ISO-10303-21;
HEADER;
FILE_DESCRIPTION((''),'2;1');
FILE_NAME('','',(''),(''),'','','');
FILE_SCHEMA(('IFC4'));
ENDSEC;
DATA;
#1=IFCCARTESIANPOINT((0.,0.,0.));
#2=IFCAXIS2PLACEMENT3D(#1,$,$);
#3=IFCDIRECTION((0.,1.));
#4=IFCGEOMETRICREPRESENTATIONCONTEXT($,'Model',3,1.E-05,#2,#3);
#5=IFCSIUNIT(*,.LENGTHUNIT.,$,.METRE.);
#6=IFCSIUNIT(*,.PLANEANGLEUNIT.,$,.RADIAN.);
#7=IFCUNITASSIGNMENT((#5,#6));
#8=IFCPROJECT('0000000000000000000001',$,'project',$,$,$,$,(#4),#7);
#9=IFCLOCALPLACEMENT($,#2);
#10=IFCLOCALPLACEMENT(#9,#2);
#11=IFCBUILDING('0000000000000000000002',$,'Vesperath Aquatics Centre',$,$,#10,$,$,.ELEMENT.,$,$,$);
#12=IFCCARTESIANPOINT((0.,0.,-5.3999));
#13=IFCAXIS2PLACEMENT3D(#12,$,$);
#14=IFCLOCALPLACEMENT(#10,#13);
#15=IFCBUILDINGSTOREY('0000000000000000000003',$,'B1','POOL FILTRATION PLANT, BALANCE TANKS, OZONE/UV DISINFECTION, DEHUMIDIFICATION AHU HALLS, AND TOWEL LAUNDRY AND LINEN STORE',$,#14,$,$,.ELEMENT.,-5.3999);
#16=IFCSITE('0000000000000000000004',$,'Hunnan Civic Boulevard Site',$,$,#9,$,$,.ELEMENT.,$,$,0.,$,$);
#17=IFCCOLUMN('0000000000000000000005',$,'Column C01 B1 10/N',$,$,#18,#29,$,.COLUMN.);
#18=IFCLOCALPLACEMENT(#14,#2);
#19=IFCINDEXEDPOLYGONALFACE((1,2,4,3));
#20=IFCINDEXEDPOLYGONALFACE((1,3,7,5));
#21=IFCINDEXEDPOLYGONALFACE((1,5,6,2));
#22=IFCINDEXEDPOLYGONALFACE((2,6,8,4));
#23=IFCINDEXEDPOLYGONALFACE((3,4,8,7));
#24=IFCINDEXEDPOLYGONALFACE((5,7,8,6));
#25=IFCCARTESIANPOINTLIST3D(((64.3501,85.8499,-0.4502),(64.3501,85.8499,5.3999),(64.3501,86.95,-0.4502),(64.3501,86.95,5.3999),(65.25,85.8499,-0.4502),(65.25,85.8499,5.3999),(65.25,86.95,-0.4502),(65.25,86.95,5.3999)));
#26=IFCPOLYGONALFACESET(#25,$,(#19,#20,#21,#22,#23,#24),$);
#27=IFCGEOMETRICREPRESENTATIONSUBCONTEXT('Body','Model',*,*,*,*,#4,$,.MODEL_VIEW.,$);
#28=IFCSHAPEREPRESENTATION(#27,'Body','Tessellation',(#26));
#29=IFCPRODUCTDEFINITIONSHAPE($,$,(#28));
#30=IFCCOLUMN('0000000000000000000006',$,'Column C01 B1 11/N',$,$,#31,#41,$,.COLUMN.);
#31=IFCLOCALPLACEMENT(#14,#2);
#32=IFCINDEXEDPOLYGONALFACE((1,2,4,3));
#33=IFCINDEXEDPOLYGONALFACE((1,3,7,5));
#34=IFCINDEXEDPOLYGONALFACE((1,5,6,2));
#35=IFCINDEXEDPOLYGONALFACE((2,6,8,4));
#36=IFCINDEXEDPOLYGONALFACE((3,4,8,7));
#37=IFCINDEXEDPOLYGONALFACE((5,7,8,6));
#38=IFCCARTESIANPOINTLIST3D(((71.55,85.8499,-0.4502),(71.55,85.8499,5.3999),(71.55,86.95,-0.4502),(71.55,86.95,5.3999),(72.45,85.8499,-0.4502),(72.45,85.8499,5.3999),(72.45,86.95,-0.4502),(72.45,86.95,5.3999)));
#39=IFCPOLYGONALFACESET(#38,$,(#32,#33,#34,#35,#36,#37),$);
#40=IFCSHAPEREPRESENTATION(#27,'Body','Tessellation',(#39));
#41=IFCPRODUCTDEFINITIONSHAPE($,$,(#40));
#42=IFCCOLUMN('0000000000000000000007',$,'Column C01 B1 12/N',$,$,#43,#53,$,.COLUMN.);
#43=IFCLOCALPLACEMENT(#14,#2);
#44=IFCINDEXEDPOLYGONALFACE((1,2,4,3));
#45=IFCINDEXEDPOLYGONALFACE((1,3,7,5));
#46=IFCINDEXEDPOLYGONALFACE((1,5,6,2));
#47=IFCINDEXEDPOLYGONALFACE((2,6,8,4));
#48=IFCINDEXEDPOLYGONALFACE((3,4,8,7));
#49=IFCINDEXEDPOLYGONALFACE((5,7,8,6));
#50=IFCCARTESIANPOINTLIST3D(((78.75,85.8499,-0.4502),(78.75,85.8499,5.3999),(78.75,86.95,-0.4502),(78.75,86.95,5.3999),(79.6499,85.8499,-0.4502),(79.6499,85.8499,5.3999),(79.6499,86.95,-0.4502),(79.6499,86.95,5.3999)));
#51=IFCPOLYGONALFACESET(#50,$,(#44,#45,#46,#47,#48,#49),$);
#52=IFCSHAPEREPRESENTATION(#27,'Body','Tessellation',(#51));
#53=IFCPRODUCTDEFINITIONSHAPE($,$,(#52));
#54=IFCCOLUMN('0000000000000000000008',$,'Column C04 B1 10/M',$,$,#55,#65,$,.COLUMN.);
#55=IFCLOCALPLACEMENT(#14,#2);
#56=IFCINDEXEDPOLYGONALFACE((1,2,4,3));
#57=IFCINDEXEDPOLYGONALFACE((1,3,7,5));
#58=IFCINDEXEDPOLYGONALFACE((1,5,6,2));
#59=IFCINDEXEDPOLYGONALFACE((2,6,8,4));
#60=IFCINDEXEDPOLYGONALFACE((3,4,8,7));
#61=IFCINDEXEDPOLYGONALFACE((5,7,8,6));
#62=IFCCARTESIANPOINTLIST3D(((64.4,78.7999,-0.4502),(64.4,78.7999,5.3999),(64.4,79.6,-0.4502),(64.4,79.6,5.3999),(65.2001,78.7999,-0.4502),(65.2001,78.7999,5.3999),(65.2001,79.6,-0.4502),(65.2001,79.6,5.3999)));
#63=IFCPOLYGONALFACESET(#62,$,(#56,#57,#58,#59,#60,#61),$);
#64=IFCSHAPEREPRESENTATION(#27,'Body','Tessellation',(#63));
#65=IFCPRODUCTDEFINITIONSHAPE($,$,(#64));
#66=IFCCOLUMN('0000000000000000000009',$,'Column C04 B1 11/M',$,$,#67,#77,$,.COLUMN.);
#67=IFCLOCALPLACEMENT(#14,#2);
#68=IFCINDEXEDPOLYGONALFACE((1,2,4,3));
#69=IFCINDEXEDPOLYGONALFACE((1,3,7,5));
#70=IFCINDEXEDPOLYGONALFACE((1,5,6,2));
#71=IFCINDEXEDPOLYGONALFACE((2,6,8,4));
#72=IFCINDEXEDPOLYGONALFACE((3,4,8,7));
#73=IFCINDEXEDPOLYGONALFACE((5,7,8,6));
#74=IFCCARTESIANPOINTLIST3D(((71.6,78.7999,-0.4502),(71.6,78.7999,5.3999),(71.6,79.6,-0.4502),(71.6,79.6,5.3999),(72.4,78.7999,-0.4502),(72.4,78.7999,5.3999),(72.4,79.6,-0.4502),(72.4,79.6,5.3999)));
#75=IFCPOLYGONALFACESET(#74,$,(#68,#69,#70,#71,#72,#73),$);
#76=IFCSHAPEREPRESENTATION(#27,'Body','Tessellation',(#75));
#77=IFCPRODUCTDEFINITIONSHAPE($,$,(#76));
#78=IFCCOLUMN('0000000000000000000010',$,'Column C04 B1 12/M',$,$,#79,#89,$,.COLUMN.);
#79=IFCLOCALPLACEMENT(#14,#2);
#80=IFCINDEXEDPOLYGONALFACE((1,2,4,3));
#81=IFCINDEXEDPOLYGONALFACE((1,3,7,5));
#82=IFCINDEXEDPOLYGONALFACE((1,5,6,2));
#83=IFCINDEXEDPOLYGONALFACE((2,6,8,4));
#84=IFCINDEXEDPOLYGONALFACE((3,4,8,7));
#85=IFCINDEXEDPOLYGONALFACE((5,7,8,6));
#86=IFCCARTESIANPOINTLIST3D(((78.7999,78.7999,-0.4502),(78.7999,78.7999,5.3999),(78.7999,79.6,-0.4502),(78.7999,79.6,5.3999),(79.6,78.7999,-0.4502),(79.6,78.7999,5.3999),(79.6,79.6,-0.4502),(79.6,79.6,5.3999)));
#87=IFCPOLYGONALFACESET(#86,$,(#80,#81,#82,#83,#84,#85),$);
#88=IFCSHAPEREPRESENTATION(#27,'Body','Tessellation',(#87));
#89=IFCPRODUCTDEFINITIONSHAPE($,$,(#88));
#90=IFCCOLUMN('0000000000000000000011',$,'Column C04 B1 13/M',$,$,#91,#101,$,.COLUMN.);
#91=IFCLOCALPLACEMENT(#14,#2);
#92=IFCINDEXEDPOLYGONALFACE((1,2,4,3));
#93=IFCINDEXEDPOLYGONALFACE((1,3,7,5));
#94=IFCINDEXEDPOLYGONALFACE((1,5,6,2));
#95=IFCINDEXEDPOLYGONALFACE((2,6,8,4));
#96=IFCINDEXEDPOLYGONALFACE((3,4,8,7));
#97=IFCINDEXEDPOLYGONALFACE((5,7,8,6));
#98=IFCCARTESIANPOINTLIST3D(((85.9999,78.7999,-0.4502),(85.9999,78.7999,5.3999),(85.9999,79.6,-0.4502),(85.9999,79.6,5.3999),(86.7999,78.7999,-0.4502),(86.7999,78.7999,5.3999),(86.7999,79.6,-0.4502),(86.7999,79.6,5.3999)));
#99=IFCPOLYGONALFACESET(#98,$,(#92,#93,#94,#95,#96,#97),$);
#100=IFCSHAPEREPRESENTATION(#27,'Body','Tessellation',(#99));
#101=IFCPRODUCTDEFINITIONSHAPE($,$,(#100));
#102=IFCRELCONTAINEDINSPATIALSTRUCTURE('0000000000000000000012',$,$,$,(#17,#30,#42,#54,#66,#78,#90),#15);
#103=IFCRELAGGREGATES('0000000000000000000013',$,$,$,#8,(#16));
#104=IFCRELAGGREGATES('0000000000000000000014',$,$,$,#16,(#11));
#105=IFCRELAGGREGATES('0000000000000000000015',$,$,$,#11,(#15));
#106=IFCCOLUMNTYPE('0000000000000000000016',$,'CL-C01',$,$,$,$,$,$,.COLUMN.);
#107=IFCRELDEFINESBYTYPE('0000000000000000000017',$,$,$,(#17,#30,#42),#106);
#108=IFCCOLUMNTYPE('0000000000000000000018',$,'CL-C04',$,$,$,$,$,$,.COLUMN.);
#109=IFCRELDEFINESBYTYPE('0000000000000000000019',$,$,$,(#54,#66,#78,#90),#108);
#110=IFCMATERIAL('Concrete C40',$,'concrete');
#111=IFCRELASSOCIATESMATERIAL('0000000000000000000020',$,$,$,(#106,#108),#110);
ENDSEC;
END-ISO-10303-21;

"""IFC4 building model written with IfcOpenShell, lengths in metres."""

from ifc_helpers import new_model, si_unit, direction, frame, origin, origin_2d, place, context, subcontext, project, spatial, rectangle, extrude, material, material_profile, profile_set, type_object, element, save


model = new_model("IFC4")

# Units and contexts
model_context = context("Model", 3, precision=1e-05, world=origin(), true_north=direction((0.0, 1.0)))
body_context = subcontext(model_context, "Body", "Model", "MODEL_VIEW")
ifc_project = project(units=[si_unit("LENGTHUNIT", "METRE"), si_unit("PLANEANGLEUNIT", "RADIAN")], contexts=[model_context])

# Site, building, storey
site_placement = place(None, origin())
site = spatial("IfcSite", under=ifc_project, at=site_placement, Name="Hunnan Civic Boulevard Site", CompositionType="ELEMENT", RefElevation=0.0)
building_placement = place(site_placement, origin())
building = spatial("IfcBuilding", under=site, at=building_placement, Name="Vesperath Aquatics Centre", CompositionType="ELEMENT")
storey_placement = place(building_placement, frame((0.0, 0.0, -5.3999)))
storey = spatial("IfcBuildingStorey", under=building, at=storey_placement, Name="B1", Description="POOL FILTRATION PLANT, BALANCE TANKS, OZONE/UV DISINFECTION, DEHUMIDIFICATION AHU HALLS, AND TOWEL LAUNDRY AND LINEN STORE", CompositionType="ELEMENT", Elevation=-5.3999)

# Shared definitions
ifc_material_1 = material(Name="Concrete C40", Category="concrete")

# Columns
ifc_material_profile_1 = material_profile(ifc_material_1, rectangle(XDim=0.8999, YDim=1.1001, at=origin_2d()), Name="RC 1100x900")
ifc_profile_set_1 = profile_set([ifc_material_profile_1], Name="Concrete C40")
column_type_1 = type_object("IfcColumnType", Name="CL-C01", PredefinedType="COLUMN", material=ifc_profile_set_1)
for number, where, z_axis, x_axis, name in (
    (1, (64.8, 86.3999, -0.4502), (0.0, 0.0, 1.0), (1.0, 0.0, 0.0), "Column C01 B1 10/N"),
    (2, (72.0, 86.3999, -0.4502), (0.0, 0.0, 1.0), (1.0, 0.0, 0.0), "Column C01 B1 11/N"),
    (3, (79.2, 86.3999, -0.4502), (0.0, 0.0, 1.0), (1.0, 0.0, 0.0), "Column C01 B1 12/N"),
):
    element("IfcColumn", number, at=place(storey_placement, frame(where, z_axis=z_axis, x_axis=x_axis)), inside=storey, type_object=column_type_1, Name=name, PredefinedType="COLUMN", context=body_context, shape_type="SweptSolid", body=[
        extrude(rectangle(XDim=0.8999, YDim=1.1001, at=origin_2d()), origin(), (0.0, 0.0, 1.0), 5.8501),
    ])
ifc_material_profile_2 = material_profile(ifc_material_1, rectangle(XDim=0.8, YDim=0.8, at=origin_2d()), Name="RC 800x800")
ifc_profile_set_2 = profile_set([ifc_material_profile_2], Name="Concrete C40")
column_type_2 = type_object("IfcColumnType", Name="CL-C04", PredefinedType="COLUMN", material=ifc_profile_set_2)
for number, where, z_axis, x_axis, name in (
    (4, (64.8, 79.2, -0.4502), (0.0, 0.0, 1.0), (1.0, 0.0, 0.0), "Column C04 B1 10/M"),
    (5, (72.0, 79.2, -0.4502), (0.0, 0.0, 1.0), (1.0, 0.0, 0.0), "Column C04 B1 11/M"),
    (6, (79.2, 79.2, -0.4502), (0.0, 0.0, 1.0), (1.0, 0.0, 0.0), "Column C04 B1 12/M"),
    (7, (86.3999, 79.2, -0.4502), (0.0, 0.0, 1.0), (1.0, 0.0, 0.0), "Column C04 B1 13/M"),
):
    element("IfcColumn", number, at=place(storey_placement, frame(where, z_axis=z_axis, x_axis=x_axis)), inside=storey, type_object=column_type_2, Name=name, PredefinedType="COLUMN", context=body_context, shape_type="SweptSolid", body=[
        extrude(rectangle(XDim=0.8, YDim=0.8, at=origin_2d()), origin(), (0.0, 0.0, 1.0), 5.8501),
    ])

save(model, "model.ifc")
